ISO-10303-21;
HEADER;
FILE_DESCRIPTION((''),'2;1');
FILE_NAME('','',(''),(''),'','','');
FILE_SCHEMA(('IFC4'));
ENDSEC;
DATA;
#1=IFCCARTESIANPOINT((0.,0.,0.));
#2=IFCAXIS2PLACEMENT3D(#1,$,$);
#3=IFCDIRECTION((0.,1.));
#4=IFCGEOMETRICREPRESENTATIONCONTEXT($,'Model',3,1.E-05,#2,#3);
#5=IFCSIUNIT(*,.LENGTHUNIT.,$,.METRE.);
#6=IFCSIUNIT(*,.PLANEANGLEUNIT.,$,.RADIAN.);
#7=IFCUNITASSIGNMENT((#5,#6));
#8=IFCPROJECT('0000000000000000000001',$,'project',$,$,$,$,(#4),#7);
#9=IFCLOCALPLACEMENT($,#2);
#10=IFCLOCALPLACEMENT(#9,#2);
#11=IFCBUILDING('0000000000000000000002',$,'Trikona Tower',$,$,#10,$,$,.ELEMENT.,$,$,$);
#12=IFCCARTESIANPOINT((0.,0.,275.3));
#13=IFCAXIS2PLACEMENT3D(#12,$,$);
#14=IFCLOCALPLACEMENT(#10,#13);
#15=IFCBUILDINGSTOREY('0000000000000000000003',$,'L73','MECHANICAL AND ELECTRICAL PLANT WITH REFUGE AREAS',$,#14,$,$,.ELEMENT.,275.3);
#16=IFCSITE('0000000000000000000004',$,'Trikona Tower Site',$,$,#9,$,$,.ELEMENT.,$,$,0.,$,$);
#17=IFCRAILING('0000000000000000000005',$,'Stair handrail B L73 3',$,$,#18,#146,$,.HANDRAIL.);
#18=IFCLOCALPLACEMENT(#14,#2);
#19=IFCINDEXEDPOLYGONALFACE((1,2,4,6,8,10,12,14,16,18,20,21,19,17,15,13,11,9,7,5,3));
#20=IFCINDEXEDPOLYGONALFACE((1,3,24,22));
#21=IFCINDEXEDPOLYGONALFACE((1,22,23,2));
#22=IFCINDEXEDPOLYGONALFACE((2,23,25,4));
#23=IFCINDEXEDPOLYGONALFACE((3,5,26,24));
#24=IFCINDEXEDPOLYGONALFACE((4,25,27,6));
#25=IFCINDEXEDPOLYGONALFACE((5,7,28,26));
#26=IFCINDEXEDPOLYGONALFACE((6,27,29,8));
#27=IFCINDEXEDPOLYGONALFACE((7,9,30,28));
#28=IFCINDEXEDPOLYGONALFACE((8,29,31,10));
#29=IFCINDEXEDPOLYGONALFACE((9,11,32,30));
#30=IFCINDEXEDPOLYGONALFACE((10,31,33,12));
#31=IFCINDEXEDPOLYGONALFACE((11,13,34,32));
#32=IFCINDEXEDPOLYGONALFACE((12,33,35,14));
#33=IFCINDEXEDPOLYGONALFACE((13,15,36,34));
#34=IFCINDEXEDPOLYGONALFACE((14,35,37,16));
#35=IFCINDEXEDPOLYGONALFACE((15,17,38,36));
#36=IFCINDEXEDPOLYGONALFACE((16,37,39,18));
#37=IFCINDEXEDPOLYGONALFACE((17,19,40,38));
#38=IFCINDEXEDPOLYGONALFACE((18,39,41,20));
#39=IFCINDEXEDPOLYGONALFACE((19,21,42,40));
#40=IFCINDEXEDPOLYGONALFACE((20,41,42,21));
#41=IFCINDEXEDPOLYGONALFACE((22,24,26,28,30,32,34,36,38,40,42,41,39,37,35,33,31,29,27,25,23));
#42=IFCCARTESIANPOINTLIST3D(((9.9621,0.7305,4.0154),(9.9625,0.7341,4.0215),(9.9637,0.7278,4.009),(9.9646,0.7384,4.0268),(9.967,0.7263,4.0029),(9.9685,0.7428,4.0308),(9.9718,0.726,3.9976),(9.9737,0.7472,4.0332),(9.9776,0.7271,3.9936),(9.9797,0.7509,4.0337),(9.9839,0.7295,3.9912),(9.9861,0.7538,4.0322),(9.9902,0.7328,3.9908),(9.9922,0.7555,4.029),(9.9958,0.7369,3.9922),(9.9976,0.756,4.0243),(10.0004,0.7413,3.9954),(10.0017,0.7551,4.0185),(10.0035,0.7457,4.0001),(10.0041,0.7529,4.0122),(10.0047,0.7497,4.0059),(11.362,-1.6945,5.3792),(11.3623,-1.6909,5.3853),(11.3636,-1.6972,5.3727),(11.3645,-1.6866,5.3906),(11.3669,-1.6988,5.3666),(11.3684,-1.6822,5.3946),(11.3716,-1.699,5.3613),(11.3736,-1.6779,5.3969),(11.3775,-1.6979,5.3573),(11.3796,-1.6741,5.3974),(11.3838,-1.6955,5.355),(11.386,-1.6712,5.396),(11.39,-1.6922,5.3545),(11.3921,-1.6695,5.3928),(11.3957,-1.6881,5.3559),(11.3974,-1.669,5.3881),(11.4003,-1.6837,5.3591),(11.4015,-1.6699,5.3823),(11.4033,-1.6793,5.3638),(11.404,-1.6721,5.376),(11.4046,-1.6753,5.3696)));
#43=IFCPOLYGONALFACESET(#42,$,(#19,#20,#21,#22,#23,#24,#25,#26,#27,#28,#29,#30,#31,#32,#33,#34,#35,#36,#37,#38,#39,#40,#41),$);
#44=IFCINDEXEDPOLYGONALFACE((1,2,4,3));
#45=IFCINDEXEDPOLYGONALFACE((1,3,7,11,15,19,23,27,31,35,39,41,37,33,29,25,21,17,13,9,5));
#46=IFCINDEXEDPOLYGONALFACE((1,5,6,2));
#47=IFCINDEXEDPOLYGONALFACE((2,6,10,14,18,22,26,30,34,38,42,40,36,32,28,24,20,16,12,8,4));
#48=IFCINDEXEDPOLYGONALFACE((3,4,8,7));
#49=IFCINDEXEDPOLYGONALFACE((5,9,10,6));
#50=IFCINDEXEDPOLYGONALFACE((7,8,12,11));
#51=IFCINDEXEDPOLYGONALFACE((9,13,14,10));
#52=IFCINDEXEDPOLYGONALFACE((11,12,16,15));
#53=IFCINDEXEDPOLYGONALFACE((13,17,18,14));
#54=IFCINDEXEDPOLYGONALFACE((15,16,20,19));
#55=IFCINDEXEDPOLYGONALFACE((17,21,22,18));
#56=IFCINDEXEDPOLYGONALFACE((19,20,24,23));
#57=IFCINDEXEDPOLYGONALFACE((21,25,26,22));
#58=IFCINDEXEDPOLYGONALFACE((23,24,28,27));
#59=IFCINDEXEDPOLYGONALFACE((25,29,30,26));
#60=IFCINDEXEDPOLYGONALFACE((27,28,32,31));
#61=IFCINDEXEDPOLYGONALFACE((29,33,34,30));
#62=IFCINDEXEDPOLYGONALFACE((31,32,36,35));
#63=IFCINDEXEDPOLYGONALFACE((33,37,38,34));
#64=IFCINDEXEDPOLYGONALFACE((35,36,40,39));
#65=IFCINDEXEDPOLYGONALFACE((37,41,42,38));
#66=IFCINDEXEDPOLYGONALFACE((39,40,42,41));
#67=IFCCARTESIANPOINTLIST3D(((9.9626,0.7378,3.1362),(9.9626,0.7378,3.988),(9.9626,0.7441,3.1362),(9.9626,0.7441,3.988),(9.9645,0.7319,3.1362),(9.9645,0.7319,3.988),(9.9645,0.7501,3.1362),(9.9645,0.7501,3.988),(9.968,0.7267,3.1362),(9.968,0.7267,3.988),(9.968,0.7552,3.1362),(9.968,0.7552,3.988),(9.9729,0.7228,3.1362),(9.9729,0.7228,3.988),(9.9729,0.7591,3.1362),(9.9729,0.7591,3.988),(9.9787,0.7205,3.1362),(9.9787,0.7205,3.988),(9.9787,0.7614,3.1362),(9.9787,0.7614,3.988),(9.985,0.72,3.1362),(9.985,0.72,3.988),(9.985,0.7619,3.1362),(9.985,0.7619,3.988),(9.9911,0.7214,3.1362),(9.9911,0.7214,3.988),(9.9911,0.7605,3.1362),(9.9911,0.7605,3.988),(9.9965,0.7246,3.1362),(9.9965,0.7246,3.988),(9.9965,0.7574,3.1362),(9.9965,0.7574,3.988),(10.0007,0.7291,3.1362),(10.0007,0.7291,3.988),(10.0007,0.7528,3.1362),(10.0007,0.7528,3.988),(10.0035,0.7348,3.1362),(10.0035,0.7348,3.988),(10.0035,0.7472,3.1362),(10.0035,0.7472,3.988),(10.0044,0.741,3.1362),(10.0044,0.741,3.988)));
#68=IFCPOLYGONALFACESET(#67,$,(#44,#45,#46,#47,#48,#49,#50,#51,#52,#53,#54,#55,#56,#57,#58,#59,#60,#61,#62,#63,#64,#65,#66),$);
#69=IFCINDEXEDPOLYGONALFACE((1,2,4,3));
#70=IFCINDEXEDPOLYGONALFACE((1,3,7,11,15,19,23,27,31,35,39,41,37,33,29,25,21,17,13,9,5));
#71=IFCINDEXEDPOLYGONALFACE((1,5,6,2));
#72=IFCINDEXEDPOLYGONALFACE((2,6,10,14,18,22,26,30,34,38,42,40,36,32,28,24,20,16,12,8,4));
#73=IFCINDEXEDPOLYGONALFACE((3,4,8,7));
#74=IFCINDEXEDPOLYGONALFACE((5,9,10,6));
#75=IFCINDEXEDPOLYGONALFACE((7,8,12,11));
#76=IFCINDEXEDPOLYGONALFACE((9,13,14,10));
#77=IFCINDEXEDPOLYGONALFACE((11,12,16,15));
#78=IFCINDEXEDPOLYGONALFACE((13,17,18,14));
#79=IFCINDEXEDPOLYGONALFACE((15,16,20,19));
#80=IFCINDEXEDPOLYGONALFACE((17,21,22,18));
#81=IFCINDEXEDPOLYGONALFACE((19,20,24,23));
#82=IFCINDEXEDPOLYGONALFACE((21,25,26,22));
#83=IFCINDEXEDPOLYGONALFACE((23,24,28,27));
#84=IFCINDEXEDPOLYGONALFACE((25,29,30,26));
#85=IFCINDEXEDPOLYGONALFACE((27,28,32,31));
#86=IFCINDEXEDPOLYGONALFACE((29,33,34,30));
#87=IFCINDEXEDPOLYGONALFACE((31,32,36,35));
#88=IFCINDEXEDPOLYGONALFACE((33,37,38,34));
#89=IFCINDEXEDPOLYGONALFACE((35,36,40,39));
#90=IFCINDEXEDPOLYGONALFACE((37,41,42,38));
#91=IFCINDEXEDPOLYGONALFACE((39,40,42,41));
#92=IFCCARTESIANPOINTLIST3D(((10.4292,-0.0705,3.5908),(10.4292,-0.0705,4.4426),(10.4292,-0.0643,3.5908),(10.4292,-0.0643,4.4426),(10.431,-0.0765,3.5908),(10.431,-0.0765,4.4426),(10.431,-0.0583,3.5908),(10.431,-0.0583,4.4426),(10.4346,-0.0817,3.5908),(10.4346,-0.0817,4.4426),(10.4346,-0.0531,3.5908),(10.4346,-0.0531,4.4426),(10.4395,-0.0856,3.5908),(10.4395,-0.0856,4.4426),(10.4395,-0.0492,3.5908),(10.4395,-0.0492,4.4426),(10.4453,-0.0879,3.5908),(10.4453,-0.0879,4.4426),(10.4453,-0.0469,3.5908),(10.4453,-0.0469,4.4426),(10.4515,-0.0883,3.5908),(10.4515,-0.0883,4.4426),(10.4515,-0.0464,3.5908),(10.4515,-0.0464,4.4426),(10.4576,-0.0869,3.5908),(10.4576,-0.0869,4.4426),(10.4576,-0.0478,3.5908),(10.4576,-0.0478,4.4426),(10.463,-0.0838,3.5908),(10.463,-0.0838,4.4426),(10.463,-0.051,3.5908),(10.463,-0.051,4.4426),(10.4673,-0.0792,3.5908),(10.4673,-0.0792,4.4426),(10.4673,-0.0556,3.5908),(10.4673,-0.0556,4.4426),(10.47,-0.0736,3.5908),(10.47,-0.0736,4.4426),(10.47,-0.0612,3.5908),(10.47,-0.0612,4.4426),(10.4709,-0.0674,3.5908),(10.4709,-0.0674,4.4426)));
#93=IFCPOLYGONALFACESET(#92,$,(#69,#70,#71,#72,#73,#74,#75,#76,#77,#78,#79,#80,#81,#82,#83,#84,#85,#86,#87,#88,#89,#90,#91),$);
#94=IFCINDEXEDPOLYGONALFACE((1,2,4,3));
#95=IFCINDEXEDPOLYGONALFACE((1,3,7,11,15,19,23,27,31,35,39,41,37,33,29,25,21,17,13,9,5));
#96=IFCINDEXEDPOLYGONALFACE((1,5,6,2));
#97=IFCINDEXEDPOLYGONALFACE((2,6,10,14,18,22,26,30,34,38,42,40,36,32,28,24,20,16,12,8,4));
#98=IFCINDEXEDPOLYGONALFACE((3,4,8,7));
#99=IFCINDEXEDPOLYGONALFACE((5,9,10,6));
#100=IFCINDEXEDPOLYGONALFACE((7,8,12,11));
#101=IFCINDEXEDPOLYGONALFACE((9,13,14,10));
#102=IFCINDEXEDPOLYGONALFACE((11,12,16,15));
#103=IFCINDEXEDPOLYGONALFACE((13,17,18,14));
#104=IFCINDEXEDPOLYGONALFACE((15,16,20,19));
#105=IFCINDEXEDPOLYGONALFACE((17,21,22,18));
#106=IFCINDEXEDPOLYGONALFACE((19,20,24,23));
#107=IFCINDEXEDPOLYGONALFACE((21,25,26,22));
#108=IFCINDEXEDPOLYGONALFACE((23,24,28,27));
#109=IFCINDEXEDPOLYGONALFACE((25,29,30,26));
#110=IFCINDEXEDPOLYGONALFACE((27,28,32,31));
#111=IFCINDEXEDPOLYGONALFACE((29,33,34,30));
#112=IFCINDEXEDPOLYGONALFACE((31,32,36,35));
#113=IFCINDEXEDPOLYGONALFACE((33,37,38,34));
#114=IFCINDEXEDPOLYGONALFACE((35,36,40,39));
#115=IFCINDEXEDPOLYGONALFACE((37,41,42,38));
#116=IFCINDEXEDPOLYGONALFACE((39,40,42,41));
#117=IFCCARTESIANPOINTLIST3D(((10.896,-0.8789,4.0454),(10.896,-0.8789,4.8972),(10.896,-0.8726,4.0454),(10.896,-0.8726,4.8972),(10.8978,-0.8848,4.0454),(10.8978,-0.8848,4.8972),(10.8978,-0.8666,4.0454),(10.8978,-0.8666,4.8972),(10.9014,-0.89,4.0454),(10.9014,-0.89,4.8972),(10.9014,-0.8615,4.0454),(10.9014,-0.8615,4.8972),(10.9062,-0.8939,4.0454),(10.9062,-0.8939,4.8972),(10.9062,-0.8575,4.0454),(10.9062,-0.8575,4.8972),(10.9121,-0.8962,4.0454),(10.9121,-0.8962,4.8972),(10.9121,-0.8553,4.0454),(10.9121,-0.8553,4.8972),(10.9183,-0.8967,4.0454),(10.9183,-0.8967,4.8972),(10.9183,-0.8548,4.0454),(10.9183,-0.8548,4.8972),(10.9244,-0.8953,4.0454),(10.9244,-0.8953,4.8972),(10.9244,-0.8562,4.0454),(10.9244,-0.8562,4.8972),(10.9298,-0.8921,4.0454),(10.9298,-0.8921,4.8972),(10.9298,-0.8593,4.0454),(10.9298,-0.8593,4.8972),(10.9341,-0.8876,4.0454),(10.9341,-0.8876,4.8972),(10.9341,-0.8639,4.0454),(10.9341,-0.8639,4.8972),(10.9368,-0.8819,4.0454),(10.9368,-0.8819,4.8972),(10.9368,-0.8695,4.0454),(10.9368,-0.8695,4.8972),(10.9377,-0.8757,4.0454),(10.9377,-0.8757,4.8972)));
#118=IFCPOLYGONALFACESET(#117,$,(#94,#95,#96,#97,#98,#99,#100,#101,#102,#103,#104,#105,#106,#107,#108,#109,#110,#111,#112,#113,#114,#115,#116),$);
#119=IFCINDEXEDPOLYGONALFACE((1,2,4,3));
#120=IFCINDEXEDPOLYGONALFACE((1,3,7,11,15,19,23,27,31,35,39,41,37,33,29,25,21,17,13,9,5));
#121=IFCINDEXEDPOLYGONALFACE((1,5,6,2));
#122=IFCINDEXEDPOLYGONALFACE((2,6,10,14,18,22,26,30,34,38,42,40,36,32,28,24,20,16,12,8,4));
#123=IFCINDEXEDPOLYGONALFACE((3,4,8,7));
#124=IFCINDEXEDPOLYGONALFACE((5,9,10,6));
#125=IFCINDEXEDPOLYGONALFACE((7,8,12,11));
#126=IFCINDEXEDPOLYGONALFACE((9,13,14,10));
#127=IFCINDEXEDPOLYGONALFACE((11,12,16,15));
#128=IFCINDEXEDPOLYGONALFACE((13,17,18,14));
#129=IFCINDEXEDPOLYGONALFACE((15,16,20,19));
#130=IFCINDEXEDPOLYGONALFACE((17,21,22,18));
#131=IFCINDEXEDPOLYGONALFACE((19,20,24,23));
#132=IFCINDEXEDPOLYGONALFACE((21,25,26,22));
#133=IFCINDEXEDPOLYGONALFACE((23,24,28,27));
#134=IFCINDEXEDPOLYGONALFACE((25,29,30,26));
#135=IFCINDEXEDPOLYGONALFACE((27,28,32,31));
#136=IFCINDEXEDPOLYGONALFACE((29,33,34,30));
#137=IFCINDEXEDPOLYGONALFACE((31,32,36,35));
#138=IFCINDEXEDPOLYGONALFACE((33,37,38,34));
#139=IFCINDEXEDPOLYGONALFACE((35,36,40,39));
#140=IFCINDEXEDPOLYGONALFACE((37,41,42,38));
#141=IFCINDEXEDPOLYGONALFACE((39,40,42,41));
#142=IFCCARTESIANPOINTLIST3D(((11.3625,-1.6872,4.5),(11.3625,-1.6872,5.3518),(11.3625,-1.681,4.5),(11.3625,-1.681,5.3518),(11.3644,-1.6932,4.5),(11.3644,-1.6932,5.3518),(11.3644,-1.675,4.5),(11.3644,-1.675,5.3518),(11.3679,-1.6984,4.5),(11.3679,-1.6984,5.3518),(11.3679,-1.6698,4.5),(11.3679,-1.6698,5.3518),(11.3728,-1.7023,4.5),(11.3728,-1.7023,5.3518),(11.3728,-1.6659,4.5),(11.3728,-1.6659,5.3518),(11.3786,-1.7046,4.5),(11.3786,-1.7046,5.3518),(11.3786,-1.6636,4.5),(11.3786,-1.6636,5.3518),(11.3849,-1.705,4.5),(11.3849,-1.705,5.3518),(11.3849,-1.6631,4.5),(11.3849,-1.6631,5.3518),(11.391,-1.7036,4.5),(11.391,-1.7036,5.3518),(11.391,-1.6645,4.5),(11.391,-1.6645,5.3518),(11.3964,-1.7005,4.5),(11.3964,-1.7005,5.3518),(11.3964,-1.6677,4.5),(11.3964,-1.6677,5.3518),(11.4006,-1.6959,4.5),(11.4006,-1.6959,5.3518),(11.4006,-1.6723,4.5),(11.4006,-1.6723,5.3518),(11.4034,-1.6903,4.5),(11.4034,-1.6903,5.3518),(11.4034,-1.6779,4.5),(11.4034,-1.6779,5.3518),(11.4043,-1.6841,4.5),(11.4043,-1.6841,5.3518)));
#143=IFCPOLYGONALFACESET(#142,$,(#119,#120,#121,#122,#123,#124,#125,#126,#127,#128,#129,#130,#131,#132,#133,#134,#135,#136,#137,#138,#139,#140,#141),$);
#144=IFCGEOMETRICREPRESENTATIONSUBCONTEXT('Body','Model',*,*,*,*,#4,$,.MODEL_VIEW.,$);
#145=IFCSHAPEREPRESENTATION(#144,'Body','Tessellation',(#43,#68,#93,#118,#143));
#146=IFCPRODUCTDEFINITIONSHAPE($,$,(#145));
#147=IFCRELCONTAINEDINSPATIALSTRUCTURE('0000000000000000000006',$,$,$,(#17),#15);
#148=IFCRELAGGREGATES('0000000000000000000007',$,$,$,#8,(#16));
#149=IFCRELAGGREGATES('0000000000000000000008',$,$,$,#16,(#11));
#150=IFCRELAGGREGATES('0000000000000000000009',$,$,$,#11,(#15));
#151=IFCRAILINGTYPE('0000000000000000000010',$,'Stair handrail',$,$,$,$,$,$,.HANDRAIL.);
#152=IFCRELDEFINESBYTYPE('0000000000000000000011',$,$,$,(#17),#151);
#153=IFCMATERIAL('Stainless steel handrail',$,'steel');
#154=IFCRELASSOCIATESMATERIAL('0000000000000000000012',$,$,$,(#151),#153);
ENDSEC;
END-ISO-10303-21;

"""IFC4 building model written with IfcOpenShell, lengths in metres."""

from ifc_helpers import new_model, si_unit, direction, frame, origin, origin_2d, place, context, subcontext, project, spatial, circle, extrude, material, type_object, element, save


model = new_model("IFC4")

# Units and contexts
model_context = context("Model", 3, precision=1e-05, world=origin(), true_north=direction((0.0, 1.0)))
body_context = subcontext(model_context, "Body", "Model", "MODEL_VIEW")
ifc_project = project(units=[si_unit("LENGTHUNIT", "METRE"), si_unit("PLANEANGLEUNIT", "RADIAN")], contexts=[model_context])

# Site, building, storey
site_placement = place(None, origin())
site = spatial("IfcSite", under=ifc_project, at=site_placement, Name="Trikona Tower Site", CompositionType="ELEMENT", RefElevation=0.0)
building_placement = place(site_placement, origin())
building = spatial("IfcBuilding", under=site, at=building_placement, Name="Trikona Tower", CompositionType="ELEMENT")
storey_placement = place(building_placement, frame((0.0, 0.0, 275.3)))
storey = spatial("IfcBuildingStorey", under=building, at=storey_placement, Name="L73", Description="MECHANICAL AND ELECTRICAL PLANT WITH REFUGE AREAS", CompositionType="ELEMENT", Elevation=275.3)

# Railing
ifc_material_1 = material(Name="Stainless steel handrail", Category="steel")
railing_type = type_object("IfcRailingType", Name="Stair handrail", PredefinedType="HANDRAIL", material=ifc_material_1)
for number, where, name in (
    (1, (9.9834, 0.741, 3.1362), "Stair handrail B L73 3"),
):
    element("IfcRailing", number, at=place(storey_placement, frame(where)), inside=storey, type_object=railing_type, Name=name, PredefinedType="HANDRAIL", context=body_context, shape_type="SweptSolid", body=[
        extrude(circle(Radius=0.0239, at=origin_2d()), frame((0.0, 0.0, 0.876), z_axis=(0.449471, -0.778618, 0.43787), x_axis=(0.866056, 0.499946, 0.0)), (0.0, 0.0, 1.0), 3.1145),
        extrude(circle(Radius=0.021, at=origin_2d()), origin(), (0.0, 0.0, 1.0), 0.8518),
        extrude(circle(Radius=0.021, at=origin_2d()), frame((0.4666, -0.8083, 0.4546)), (0.0, 0.0, 1.0), 0.8518),
        extrude(circle(Radius=0.021, at=origin_2d()), frame((0.9333, -1.6167, 0.9092)), (0.0, 0.0, 1.0), 0.8518),
        extrude(circle(Radius=0.021, at=origin_2d()), frame((1.3999, -2.425, 1.3638)), (0.0, 0.0, 1.0), 0.8518),
    ])

save(model, "model.ifc")
